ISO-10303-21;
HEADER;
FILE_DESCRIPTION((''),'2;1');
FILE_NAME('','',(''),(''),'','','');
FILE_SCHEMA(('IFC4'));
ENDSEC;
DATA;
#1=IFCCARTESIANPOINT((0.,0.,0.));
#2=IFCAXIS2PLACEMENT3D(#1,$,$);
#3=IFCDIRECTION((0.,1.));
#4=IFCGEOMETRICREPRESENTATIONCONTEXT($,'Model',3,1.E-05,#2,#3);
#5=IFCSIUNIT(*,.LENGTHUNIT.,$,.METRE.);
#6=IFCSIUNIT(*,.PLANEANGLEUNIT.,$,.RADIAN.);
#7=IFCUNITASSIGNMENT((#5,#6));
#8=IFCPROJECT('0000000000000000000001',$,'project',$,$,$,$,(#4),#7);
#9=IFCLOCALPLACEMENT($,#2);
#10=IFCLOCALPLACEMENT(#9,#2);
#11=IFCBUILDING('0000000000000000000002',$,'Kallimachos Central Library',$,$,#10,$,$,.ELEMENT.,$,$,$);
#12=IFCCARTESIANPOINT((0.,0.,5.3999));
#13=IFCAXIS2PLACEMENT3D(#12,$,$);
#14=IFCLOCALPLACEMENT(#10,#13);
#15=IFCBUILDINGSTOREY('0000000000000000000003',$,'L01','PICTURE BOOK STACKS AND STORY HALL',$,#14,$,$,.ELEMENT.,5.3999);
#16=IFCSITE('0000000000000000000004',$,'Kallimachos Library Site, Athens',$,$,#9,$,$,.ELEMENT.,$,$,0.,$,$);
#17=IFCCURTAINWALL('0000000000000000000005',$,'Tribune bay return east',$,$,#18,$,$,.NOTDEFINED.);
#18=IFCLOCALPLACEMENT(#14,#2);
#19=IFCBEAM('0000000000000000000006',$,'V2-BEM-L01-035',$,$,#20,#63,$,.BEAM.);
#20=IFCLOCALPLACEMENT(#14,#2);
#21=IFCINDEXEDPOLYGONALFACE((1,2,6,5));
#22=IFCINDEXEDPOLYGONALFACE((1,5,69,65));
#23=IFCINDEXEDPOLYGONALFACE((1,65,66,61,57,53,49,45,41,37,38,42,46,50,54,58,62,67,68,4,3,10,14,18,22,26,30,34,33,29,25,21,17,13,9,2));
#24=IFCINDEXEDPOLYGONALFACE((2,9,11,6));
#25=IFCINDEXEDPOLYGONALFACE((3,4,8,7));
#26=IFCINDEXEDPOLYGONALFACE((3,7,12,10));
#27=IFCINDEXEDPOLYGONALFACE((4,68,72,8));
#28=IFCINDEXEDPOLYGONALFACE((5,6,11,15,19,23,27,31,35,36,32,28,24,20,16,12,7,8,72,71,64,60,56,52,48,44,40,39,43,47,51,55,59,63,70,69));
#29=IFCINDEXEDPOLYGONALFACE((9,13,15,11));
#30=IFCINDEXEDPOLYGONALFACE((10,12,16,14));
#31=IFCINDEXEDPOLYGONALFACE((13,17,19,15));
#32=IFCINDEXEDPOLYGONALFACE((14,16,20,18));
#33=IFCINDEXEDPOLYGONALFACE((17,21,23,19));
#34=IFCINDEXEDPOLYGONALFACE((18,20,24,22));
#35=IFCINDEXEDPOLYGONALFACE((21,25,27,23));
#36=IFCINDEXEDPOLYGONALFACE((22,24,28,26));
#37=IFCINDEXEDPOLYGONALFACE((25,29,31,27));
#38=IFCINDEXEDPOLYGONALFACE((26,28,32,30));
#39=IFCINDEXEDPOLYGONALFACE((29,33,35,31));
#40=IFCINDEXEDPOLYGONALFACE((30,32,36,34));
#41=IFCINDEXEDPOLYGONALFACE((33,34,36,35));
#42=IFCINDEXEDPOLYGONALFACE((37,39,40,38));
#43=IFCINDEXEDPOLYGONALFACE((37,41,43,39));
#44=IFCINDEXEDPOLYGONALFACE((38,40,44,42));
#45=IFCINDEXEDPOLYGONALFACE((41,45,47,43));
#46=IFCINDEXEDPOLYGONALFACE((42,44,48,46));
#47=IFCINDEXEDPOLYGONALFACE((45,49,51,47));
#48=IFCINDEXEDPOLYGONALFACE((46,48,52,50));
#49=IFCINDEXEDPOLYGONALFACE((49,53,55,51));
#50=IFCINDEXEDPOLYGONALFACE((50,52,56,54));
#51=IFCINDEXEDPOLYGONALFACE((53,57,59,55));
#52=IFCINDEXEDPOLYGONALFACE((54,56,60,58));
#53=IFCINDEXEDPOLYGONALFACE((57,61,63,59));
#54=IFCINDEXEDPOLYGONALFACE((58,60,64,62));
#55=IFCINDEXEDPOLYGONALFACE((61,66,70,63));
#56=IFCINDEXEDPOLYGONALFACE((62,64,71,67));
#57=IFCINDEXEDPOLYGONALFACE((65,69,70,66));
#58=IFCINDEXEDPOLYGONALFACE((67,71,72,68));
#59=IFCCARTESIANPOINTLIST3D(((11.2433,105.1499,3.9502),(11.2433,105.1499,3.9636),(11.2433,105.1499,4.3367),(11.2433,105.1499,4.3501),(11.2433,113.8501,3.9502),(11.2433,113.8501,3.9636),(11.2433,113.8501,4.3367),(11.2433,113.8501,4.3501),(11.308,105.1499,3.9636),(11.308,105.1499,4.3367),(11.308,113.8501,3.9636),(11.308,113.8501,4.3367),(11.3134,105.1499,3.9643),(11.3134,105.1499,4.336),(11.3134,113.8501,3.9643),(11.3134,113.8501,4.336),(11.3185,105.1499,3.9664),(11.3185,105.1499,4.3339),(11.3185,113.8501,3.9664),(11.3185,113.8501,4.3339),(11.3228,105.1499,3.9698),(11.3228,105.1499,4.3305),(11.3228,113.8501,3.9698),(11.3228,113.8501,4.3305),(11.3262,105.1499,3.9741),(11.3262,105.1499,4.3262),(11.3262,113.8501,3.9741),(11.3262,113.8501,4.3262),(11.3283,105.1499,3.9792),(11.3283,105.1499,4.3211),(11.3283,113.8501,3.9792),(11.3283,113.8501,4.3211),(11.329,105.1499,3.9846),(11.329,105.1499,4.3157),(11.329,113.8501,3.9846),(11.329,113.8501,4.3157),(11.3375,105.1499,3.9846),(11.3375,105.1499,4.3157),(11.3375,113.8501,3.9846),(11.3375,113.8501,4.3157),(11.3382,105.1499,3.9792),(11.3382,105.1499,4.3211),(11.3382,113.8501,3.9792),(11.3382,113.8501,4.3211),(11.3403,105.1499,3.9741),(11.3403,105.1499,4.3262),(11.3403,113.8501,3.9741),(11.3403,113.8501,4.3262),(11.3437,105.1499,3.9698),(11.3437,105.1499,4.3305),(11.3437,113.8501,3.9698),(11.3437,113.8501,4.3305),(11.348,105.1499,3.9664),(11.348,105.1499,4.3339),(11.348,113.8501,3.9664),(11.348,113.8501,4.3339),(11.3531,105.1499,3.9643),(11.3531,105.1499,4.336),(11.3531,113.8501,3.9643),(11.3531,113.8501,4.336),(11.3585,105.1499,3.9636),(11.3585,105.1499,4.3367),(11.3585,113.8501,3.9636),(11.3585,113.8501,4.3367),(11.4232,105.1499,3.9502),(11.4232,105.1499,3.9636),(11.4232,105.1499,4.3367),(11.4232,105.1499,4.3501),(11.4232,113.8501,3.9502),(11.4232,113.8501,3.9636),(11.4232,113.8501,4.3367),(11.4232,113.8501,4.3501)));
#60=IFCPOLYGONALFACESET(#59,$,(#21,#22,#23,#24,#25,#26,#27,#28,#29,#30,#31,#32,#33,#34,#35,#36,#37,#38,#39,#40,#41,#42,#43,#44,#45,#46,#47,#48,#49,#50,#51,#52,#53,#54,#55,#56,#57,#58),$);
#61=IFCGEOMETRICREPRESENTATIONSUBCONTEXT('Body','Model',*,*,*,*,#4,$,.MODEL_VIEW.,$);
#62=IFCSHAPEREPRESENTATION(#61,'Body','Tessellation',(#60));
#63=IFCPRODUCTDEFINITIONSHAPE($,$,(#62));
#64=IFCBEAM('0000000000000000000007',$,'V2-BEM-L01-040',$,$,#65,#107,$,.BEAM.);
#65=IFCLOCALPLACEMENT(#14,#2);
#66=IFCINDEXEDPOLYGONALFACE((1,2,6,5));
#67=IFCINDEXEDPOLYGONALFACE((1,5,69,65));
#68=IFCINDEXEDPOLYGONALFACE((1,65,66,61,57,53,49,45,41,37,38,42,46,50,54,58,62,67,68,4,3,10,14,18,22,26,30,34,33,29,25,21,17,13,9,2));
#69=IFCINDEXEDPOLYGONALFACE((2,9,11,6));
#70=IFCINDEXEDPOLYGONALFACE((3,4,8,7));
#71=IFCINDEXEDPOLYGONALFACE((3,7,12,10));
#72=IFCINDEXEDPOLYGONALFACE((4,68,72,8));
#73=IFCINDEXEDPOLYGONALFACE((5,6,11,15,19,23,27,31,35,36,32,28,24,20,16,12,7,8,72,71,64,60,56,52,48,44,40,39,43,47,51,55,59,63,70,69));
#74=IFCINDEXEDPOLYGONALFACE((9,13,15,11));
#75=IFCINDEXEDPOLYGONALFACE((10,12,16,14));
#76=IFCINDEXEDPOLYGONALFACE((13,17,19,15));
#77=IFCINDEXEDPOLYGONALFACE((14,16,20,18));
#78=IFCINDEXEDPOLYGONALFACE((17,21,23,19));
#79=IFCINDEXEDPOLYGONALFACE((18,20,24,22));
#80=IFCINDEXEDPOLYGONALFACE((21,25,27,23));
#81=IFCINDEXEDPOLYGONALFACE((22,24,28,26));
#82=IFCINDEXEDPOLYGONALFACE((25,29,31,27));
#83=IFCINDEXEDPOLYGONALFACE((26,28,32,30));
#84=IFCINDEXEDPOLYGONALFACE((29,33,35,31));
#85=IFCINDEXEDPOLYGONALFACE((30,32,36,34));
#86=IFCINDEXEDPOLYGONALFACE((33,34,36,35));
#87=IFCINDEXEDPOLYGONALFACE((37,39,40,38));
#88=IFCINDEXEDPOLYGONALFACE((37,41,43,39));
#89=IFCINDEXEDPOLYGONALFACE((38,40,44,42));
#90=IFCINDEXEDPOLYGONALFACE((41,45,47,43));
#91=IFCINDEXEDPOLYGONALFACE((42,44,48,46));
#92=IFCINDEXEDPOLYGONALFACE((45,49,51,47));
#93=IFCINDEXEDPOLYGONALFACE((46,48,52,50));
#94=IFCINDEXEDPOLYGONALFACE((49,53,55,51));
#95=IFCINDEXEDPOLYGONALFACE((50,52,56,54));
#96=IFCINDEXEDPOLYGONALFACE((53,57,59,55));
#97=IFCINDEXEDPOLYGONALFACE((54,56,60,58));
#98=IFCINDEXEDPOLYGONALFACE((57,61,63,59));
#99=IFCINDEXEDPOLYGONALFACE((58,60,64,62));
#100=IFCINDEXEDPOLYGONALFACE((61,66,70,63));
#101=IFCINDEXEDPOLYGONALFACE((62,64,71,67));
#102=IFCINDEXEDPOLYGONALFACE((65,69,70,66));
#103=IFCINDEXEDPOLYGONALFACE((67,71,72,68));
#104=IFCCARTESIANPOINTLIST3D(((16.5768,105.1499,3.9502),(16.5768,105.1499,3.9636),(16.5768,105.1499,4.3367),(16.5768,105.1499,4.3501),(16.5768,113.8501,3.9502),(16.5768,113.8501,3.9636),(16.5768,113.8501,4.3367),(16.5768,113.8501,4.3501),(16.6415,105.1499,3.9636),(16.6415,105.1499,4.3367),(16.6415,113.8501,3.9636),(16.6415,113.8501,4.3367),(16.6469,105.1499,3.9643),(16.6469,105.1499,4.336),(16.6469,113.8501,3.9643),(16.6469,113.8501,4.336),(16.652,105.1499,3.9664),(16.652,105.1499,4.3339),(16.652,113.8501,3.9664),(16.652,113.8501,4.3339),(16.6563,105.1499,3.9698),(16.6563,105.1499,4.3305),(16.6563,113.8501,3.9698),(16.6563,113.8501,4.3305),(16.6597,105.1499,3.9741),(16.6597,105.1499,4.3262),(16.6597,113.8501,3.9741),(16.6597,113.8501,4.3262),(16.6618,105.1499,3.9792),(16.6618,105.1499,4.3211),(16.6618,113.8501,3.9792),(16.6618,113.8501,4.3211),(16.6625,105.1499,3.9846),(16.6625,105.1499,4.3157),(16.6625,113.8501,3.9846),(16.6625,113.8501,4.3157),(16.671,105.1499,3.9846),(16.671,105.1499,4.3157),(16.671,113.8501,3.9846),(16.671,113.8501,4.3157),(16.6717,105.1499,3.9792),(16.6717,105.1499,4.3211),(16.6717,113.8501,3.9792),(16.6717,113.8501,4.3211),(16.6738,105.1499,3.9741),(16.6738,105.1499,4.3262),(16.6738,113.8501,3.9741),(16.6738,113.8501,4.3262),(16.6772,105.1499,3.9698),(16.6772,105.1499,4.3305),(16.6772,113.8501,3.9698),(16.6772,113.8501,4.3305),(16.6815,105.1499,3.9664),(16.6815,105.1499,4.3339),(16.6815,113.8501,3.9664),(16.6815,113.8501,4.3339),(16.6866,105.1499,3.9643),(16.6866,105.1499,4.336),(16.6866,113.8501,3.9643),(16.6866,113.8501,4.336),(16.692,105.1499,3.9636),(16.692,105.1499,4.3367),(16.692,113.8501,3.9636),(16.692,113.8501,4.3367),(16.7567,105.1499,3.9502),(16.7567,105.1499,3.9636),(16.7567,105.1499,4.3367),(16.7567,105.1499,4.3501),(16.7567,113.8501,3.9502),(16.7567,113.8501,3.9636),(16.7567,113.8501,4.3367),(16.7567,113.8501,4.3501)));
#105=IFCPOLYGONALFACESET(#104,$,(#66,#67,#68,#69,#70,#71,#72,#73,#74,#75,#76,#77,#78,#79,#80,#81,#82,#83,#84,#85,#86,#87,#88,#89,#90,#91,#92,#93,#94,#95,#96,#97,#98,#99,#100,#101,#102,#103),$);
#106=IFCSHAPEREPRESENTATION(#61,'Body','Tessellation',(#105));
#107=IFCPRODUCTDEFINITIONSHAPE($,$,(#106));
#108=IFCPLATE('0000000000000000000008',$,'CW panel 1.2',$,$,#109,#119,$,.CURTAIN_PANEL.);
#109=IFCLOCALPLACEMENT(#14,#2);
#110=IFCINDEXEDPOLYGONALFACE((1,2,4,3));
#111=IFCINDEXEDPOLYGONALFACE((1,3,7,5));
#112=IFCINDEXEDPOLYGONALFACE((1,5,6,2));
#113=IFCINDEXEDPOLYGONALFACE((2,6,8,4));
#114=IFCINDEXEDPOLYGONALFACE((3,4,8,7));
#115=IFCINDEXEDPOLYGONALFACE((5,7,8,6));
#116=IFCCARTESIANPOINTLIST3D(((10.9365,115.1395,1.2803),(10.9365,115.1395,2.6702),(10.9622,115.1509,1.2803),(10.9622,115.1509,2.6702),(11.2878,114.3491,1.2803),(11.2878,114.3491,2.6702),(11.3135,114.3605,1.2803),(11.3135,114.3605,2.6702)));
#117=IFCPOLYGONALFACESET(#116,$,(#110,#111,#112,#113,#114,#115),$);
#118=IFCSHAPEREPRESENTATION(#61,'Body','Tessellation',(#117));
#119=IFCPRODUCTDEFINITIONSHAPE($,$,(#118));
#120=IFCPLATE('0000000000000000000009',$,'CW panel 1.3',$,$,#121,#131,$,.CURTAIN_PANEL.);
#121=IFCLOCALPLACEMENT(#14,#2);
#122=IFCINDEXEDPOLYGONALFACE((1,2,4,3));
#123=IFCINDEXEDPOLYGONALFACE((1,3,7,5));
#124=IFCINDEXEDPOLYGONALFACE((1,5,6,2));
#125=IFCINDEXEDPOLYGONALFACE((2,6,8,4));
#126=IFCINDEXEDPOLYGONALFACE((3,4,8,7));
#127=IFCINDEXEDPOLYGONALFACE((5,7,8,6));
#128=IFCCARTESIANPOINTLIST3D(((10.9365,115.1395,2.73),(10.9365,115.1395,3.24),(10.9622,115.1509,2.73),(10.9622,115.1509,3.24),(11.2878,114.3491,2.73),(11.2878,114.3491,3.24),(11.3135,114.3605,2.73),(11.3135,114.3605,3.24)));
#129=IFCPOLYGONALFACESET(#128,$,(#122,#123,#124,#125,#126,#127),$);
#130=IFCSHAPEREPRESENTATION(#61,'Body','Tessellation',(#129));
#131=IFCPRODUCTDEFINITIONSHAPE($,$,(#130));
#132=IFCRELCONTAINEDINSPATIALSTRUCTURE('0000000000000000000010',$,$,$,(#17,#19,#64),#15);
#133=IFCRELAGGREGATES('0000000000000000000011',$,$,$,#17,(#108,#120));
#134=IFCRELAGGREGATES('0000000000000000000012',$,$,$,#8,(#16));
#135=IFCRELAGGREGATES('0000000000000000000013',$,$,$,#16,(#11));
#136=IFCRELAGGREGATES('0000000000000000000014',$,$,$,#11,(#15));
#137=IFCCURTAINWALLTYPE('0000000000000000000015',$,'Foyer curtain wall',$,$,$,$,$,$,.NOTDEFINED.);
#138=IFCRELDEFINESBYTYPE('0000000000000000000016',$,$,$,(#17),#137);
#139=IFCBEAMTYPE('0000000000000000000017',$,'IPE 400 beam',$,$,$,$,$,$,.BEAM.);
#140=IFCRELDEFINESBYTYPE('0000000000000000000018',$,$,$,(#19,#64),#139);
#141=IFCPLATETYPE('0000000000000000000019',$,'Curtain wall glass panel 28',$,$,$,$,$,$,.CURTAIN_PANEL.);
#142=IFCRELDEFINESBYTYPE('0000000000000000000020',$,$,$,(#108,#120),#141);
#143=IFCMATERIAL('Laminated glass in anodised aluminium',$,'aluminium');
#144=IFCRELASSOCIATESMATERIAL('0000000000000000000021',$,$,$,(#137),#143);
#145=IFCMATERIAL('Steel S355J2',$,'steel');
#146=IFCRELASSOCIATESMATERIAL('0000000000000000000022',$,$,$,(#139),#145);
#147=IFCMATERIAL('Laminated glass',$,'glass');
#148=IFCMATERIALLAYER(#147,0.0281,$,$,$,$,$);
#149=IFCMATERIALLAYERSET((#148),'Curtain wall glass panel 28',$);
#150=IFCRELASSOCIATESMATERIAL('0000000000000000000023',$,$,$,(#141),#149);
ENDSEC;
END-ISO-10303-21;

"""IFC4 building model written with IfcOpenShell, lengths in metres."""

from ifc_helpers import new_model, si_unit, direction, frame, origin, origin_2d, place, context, subcontext, project, spatial, rectangle, i_section, extrude, material, layer, layer_set, material_profile, profile_set, type_object, element, aggregate, save


model = new_model("IFC4")

# Units and contexts
model_context = context("Model", 3, precision=1e-05, world=origin(), true_north=direction((0.0, 1.0)))
body_context = subcontext(model_context, "Body", "Model", "MODEL_VIEW")
ifc_project = project(units=[si_unit("LENGTHUNIT", "METRE"), si_unit("PLANEANGLEUNIT", "RADIAN")], contexts=[model_context])

# Site, building, storey
site_placement = place(None, origin())
site = spatial("IfcSite", under=ifc_project, at=site_placement, Name="Kallimachos Library Site, Athens", CompositionType="ELEMENT", RefElevation=0.0)
building_placement = place(site_placement, origin())
building = spatial("IfcBuilding", under=site, at=building_placement, Name="Kallimachos Central Library", CompositionType="ELEMENT")
storey_placement = place(building_placement, frame((0.0, 0.0, 5.3999)))
storey = spatial("IfcBuildingStorey", under=building, at=storey_placement, Name="L01", Description="PICTURE BOOK STACKS AND STORY HALL", CompositionType="ELEMENT", Elevation=5.3999)

# Curtain wall
ifc_material_1 = material(Name="Laminated glass in anodised aluminium", Category="aluminium")
curtain_wall_type = type_object("IfcCurtainWallType", Name="Foyer curtain wall", PredefinedType="NOTDEFINED", material=ifc_material_1)
curtain_wall_1_placement = place(storey_placement, origin())
curtain_wall_1 = element("IfcCurtainWall", 1, at=curtain_wall_1_placement, inside=storey, type_object=curtain_wall_type, Name="Tribune bay return east", PredefinedType="NOTDEFINED")

# Beams
ifc_material_2 = material(Name="Steel S355J2", Category="steel")
ifc_material_profile_1 = material_profile(ifc_material_2, i_section(OverallWidth=0.1799, OverallDepth=0.3999, WebThickness=0.0085, FlangeThickness=0.0134, FilletRadius=0.021, at=origin_2d()), Name="IPE 400")
ifc_profile_set_1 = profile_set([ifc_material_profile_1], Name="Steel S355J2")
beam_type_1 = type_object("IfcBeamType", Name="IPE 400 beam", PredefinedType="BEAM", material=ifc_profile_set_1)
for number, where, z_axis, x_axis, name in (
    (2, (11.3333, 105.1499, 4.1501), (0.0, 1.0, 0.0), (-1.0, 0.0, 0.0), "V2-BEM-L01-035"),
    (3, (16.6667, 105.1499, 4.1501), (0.0, 1.0, 0.0), (-1.0, 0.0, 0.0), "V2-BEM-L01-040"),
):
    element("IfcBeam", number, at=place(storey_placement, frame(where, z_axis=z_axis, x_axis=x_axis)), inside=storey, type_object=beam_type_1, Name=name, PredefinedType="BEAM", context=body_context, shape_type="SweptSolid", body=[
        extrude(i_section(OverallWidth=0.1799, OverallDepth=0.3999, WebThickness=0.0085, FlangeThickness=0.0134, FilletRadius=0.021, at=origin_2d()), origin(), (0.0, 0.0, 1.0), 8.7002),
    ])

# Plates
ifc_material_3 = material(Name="Laminated glass", Category="glass")
ifc_layer_1 = layer(ifc_material_3, 0.0281)
ifc_layer_set_1 = layer_set([ifc_layer_1], Name="Curtain wall glass panel 28")
plate_type = type_object("IfcPlateType", Name="Curtain wall glass panel 28", PredefinedType="CURTAIN_PANEL", material=ifc_layer_set_1)
plate_1_placement = place(storey_placement, frame((11.125, 114.75, 1.2803), z_axis=(0.0, 0.0, 1.0), x_axis=(0.406138, -0.913812, 0.0)))
plate_1 = element("IfcPlate", 4, at=plate_1_placement, type_object=plate_type, Name="CW panel 1.2", PredefinedType="CURTAIN_PANEL", context=body_context, shape_type="SweptSolid", body=[
    extrude(rectangle(XDim=0.865, YDim=0.0281, at=origin_2d()), origin(), (0.0, 0.0, 1.0), 1.3899),
])
plate_2_placement = place(storey_placement, frame((11.125, 114.75, 2.73), z_axis=(0.0, 0.0, 1.0), x_axis=(0.406138, -0.913812, 0.0)))
plate_2 = element("IfcPlate", 5, at=plate_2_placement, type_object=plate_type, Name="CW panel 1.3", PredefinedType="CURTAIN_PANEL", context=body_context, shape_type="SweptSolid", body=[
    extrude(rectangle(XDim=0.865, YDim=0.0281, at=origin_2d()), origin(), (0.0, 0.0, 1.0), 0.51),
])
aggregate(curtain_wall_1, [plate_1, plate_2])

save(model, "model.ifc")
